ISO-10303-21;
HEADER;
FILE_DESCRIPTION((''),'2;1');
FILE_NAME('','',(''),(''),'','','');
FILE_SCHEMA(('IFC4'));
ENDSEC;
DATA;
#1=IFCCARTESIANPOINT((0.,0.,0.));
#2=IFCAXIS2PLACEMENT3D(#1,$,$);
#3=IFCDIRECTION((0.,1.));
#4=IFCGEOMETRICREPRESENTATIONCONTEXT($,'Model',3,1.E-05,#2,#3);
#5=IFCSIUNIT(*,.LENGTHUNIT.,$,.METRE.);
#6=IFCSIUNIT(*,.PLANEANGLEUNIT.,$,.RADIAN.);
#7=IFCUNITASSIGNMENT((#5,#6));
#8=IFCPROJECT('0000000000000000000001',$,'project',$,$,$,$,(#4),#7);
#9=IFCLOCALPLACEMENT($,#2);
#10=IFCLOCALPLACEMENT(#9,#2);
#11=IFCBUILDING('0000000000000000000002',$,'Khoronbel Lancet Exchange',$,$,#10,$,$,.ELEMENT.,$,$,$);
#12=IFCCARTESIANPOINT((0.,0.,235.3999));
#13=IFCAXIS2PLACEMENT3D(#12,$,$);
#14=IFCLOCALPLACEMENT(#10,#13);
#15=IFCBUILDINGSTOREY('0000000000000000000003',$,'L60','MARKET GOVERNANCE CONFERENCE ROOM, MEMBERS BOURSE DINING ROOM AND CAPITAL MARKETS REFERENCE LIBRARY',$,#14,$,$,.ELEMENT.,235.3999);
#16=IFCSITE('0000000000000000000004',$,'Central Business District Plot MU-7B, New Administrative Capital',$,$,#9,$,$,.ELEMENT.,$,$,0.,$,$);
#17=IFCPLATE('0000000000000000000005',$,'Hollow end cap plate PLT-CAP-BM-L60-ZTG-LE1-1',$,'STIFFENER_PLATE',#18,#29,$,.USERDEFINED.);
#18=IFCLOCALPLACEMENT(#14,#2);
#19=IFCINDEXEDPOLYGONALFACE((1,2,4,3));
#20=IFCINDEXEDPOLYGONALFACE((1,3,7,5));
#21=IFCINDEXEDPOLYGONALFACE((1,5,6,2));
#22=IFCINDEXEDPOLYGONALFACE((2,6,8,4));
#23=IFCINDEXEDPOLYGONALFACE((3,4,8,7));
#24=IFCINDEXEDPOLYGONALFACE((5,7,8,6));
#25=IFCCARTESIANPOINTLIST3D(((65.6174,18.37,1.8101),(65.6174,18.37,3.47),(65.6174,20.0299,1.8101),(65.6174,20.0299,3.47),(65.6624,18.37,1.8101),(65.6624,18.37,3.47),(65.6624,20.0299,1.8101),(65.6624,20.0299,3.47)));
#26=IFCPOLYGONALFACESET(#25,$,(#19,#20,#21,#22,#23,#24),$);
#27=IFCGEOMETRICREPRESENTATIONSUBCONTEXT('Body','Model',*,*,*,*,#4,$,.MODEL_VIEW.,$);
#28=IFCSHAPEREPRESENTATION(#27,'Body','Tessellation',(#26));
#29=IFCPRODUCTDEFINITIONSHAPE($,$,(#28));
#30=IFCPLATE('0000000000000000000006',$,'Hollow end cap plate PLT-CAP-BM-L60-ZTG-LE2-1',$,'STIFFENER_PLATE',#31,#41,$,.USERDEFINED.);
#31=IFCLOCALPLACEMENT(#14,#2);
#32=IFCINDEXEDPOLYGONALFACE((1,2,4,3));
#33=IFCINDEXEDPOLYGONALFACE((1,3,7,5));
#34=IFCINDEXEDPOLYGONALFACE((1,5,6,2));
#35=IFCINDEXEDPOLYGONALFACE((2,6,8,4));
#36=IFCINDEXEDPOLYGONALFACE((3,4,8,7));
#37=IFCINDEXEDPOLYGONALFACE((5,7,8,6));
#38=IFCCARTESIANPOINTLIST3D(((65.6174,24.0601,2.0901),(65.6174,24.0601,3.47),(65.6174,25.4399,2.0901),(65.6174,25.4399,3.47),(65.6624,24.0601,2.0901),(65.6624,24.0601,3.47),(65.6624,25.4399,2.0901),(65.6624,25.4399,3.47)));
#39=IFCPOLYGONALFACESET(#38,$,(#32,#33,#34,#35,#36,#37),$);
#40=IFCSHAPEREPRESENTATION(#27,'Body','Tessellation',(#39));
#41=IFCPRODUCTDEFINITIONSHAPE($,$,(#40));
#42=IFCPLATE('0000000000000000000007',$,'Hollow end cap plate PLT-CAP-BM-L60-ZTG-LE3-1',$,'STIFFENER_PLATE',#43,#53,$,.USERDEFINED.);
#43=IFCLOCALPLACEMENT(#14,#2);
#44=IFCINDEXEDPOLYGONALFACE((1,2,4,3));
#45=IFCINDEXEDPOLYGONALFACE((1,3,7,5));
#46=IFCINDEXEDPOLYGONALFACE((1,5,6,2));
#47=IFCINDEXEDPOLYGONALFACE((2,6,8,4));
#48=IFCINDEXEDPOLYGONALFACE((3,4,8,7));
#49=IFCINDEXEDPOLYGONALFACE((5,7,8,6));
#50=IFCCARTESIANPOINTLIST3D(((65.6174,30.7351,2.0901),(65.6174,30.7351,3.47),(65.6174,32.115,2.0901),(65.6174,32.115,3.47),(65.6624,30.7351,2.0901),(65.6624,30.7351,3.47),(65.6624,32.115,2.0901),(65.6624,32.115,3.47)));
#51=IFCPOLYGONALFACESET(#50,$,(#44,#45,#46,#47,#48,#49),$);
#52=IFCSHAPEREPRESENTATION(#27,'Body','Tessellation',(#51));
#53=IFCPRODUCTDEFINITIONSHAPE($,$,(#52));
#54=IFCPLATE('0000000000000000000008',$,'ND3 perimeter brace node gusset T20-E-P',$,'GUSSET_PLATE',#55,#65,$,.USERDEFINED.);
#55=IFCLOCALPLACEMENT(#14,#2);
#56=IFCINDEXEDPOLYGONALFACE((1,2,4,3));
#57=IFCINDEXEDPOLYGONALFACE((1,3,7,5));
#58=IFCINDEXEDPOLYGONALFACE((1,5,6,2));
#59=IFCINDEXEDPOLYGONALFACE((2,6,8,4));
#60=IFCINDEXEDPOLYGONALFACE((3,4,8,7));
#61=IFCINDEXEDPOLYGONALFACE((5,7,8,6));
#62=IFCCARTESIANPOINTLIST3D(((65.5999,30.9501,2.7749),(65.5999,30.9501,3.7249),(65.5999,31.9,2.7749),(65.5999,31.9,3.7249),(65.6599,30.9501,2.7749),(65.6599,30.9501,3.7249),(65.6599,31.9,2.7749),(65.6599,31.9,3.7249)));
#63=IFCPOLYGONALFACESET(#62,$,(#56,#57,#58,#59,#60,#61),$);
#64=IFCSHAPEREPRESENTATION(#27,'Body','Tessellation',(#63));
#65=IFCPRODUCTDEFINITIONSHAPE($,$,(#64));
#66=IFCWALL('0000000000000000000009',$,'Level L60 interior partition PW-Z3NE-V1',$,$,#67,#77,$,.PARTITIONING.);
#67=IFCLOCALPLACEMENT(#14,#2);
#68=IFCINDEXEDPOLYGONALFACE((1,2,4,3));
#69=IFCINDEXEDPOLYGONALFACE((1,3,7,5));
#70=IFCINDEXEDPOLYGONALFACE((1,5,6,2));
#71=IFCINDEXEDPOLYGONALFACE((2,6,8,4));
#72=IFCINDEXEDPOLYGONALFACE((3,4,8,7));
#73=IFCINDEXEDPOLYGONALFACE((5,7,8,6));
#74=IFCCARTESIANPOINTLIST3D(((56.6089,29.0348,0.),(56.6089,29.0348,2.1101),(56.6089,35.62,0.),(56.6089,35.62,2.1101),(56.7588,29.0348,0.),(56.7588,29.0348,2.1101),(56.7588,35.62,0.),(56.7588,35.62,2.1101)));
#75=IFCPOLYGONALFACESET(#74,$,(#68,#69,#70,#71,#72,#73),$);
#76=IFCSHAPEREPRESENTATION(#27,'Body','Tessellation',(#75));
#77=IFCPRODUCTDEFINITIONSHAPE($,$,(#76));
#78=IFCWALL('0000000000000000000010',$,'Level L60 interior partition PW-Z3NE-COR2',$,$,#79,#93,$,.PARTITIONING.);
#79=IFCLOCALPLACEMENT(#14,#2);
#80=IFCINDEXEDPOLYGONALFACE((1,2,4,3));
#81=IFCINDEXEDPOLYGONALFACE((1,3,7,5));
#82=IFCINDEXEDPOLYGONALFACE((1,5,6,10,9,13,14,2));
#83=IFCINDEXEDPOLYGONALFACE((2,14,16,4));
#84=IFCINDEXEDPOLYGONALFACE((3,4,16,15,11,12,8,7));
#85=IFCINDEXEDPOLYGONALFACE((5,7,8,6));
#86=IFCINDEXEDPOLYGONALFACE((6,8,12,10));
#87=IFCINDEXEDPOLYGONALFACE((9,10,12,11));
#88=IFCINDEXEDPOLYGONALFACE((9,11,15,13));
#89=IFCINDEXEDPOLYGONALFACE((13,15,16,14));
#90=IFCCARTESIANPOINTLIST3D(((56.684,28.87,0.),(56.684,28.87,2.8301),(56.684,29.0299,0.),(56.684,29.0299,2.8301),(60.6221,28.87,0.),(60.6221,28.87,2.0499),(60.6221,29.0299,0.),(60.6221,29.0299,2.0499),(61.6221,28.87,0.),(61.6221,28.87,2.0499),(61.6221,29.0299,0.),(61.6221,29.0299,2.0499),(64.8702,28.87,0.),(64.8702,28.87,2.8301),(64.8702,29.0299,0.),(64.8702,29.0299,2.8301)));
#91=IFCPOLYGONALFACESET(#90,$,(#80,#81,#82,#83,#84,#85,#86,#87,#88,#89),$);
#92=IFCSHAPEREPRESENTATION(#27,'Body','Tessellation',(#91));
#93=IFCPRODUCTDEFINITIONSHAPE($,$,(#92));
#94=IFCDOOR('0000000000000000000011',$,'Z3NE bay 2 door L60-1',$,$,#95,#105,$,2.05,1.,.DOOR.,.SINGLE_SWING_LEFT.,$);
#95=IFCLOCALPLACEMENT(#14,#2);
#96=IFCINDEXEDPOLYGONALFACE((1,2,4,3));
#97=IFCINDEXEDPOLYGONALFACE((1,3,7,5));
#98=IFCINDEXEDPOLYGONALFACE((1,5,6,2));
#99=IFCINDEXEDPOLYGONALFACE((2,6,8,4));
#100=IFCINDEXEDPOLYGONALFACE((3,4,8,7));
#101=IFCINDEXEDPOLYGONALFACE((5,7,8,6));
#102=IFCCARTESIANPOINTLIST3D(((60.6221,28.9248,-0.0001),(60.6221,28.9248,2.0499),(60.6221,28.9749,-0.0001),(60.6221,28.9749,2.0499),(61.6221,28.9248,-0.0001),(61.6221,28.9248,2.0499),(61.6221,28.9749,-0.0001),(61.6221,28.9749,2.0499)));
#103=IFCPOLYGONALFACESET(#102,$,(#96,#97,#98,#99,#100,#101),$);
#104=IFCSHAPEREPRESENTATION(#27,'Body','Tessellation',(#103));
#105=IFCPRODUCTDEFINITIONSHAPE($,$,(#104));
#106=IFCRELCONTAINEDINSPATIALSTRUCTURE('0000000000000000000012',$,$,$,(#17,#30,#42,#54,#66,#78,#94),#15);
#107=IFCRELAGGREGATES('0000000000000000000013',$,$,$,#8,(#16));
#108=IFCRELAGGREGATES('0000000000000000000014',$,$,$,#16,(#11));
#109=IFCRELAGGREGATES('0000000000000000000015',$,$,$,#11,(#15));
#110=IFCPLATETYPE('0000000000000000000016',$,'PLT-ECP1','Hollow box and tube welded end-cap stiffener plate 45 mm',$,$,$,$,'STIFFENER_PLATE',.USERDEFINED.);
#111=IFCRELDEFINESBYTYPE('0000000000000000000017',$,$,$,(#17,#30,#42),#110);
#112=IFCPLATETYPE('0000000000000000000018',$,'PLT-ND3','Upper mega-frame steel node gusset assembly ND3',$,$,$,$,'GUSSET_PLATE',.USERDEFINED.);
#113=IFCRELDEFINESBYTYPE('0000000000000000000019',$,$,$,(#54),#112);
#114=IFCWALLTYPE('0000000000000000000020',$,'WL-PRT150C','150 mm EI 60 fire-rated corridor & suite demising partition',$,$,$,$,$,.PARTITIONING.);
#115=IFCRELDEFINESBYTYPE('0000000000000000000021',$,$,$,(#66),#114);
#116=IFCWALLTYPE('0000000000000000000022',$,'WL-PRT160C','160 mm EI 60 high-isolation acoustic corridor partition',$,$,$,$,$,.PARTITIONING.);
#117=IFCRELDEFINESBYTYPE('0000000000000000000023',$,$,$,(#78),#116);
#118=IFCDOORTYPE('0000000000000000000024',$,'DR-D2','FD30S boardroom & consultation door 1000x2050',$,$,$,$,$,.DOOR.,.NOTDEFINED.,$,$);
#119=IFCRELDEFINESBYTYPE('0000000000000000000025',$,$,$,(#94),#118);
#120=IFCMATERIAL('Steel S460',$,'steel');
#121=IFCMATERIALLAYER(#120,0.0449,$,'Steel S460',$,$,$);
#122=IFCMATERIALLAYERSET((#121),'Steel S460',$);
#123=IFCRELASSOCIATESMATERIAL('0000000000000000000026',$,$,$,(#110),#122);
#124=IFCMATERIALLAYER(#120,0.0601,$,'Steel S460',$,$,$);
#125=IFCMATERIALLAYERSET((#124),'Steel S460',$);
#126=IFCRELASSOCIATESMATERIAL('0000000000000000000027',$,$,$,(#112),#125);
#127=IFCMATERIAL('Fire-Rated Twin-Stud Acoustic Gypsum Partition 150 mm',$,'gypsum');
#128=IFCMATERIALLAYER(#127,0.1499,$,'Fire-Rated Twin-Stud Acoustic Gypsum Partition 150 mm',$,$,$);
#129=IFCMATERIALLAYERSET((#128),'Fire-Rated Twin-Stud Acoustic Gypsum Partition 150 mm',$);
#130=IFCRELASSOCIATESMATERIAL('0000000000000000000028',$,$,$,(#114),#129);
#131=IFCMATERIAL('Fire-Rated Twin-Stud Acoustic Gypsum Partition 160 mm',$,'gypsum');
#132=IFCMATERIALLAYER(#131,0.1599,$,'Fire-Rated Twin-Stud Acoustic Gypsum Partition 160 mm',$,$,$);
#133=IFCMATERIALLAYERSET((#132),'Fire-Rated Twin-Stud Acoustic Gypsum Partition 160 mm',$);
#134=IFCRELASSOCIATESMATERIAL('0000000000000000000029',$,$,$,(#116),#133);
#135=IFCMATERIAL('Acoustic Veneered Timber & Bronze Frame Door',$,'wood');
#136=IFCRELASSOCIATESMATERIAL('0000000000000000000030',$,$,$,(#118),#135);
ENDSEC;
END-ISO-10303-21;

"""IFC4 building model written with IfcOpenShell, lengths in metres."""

from ifc_helpers import new_model, si_unit, direction, frame, frame_2d, origin, origin_2d, place, context, subcontext, project, spatial, rectangle, extrude, material, layer, layer_set, type_object, element, fill, save


model = new_model("IFC4")

# Units and contexts
model_context = context("Model", 3, precision=1e-05, world=origin(), true_north=direction((0.0, 1.0)))
body_context = subcontext(model_context, "Body", "Model", "MODEL_VIEW")
ifc_project = project(units=[si_unit("LENGTHUNIT", "METRE"), si_unit("PLANEANGLEUNIT", "RADIAN")], contexts=[model_context])

# Site, building, storey
site_placement = place(None, origin())
site = spatial("IfcSite", under=ifc_project, at=site_placement, Name="Central Business District Plot MU-7B, New Administrative Capital", CompositionType="ELEMENT", RefElevation=0.0)
building_placement = place(site_placement, origin())
building = spatial("IfcBuilding", under=site, at=building_placement, Name="Khoronbel Lancet Exchange", CompositionType="ELEMENT")
storey_placement = place(building_placement, frame((0.0, 0.0, 235.3999)))
storey = spatial("IfcBuildingStorey", under=building, at=storey_placement, Name="L60", Description="MARKET GOVERNANCE CONFERENCE ROOM, MEMBERS BOURSE DINING ROOM AND CAPITAL MARKETS REFERENCE LIBRARY", CompositionType="ELEMENT", Elevation=235.3999)

# Shared definitions
ifc_material_1 = material(Name="Steel S460", Category="steel")

# Plates
ifc_layer_1 = layer(ifc_material_1, 0.0449, Name="Steel S460")
ifc_layer_set_1 = layer_set([ifc_layer_1], Name="Steel S460")
plate_type_1 = type_object("IfcPlateType", Name="PLT-ECP1", Description="Hollow box and tube welded end-cap stiffener plate 45 mm", ElementType="STIFFENER_PLATE", PredefinedType="USERDEFINED", material=ifc_layer_set_1)
plate_1_placement = place(storey_placement, frame((65.6399, 19.2, 1.8101), z_axis=(0.0, 0.0, 1.0), x_axis=(1.0, 0.0, 0.0)))
element("IfcPlate", 1, at=plate_1_placement, inside=storey, type_object=plate_type_1, Name="Hollow end cap plate PLT-CAP-BM-L60-ZTG-LE1-1", ObjectType="STIFFENER_PLATE", PredefinedType="USERDEFINED", context=body_context, shape_type="SweptSolid", body=[
    extrude(rectangle(XDim=0.0449, YDim=1.6599, at=origin_2d()), origin(), (0.0, 0.0, 1.0), 1.6599),
])
for number, where, z_axis, x_axis, name in (
    (2, (65.6399, 24.75, 2.0901), (0.0, 0.0, 1.0), (1.0, 0.0, 0.0), "Hollow end cap plate PLT-CAP-BM-L60-ZTG-LE2-1"),
    (3, (65.6399, 31.425, 2.0901), (0.0, 0.0, 1.0), (1.0, 0.0, 0.0), "Hollow end cap plate PLT-CAP-BM-L60-ZTG-LE3-1"),
):
    element("IfcPlate", number, at=place(storey_placement, frame(where, z_axis=z_axis, x_axis=x_axis)), inside=storey, type_object=plate_type_1, Name=name, ObjectType="STIFFENER_PLATE", PredefinedType="USERDEFINED", context=body_context, shape_type="SweptSolid", body=[
        extrude(rectangle(XDim=0.0449, YDim=1.3799, at=origin_2d()), origin(), (0.0, 0.0, 1.0), 1.3799),
    ])
ifc_layer_2 = layer(ifc_material_1, 0.0601, Name="Steel S460")
ifc_layer_set_2 = layer_set([ifc_layer_2], Name="Steel S460")
plate_type_2 = type_object("IfcPlateType", Name="PLT-ND3", Description="Upper mega-frame steel node gusset assembly ND3", ElementType="GUSSET_PLATE", PredefinedType="USERDEFINED", material=ifc_layer_set_2)
plate_2_placement = place(storey_placement, frame((65.6299, 31.425, 2.7749), z_axis=(0.0, 0.0, 1.0), x_axis=(0.0, 1.0, 0.0)))
element("IfcPlate", 4, at=plate_2_placement, inside=storey, type_object=plate_type_2, Name="ND3 perimeter brace node gusset T20-E-P", ObjectType="GUSSET_PLATE", PredefinedType="USERDEFINED", context=body_context, shape_type="SweptSolid", body=[
    extrude(rectangle(XDim=0.95, YDim=0.0601, at=origin_2d()), origin(), (0.0, 0.0, 1.0), 0.95),
])

# Wall
ifc_material_2 = material(Name="Fire-Rated Twin-Stud Acoustic Gypsum Partition 150 mm", Category="gypsum")
ifc_layer_3 = layer(ifc_material_2, 0.1499, Name="Fire-Rated Twin-Stud Acoustic Gypsum Partition 150 mm")
ifc_layer_set_3 = layer_set([ifc_layer_3], Name="Fire-Rated Twin-Stud Acoustic Gypsum Partition 150 mm")
wall_type_1 = type_object("IfcWallType", Name="WL-PRT150C", Description="150 mm EI 60 fire-rated corridor & suite demising partition", PredefinedType="PARTITIONING", material=ifc_layer_set_3)
wall_1_placement = place(storey_placement, frame((56.6838, 29.0349, 0.0), z_axis=(0.0, 0.0, 1.0), x_axis=(0.0, 1.0, 0.0)))
element("IfcWall", 5, at=wall_1_placement, inside=storey, type_object=wall_type_1, Name="Level L60 interior partition PW-Z3NE-V1", PredefinedType="PARTITIONING", context=body_context, shape_type="SweptSolid", body=[
    extrude(rectangle(XDim=6.5852, YDim=0.1499, at=frame_2d((3.2925, 0.0))), origin(), (0.0, 0.0, 1.0), 2.1101),
])

# Wall, opening, door
ifc_material_3 = material(Name="Fire-Rated Twin-Stud Acoustic Gypsum Partition 160 mm", Category="gypsum")
ifc_layer_4 = layer(ifc_material_3, 0.1599, Name="Fire-Rated Twin-Stud Acoustic Gypsum Partition 160 mm")
ifc_layer_set_4 = layer_set([ifc_layer_4], Name="Fire-Rated Twin-Stud Acoustic Gypsum Partition 160 mm")
wall_type_2 = type_object("IfcWallType", Name="WL-PRT160C", Description="160 mm EI 60 high-isolation acoustic corridor partition", PredefinedType="PARTITIONING", material=ifc_layer_set_4)
wall_2_placement = place(storey_placement, frame((56.6838, 28.95, 0.0), z_axis=(0.0, 0.0, 1.0), x_axis=(1.0, 0.0, 0.0)))
wall_2 = element("IfcWall", 6, at=wall_2_placement, inside=storey, type_object=wall_type_2, Name="Level L60 interior partition PW-Z3NE-COR2", PredefinedType="PARTITIONING", context=body_context, shape_type="SweptSolid", body=[
    extrude(rectangle(XDim=8.1863, YDim=0.1599, at=frame_2d((4.0933, 0.0))), origin(), (0.0, 0.0, 1.0), 2.8301),
])
opening_placement = place(wall_2_placement, frame((3.9382, 0.0, 0.0)))
opening = element("IfcOpeningElement", 7, at=opening_placement, cuts=wall_2, PredefinedType="OPENING", context=body_context, shape_type="SweptSolid", body=[
    extrude(rectangle(XDim=1.0, YDim=2.05, at=frame_2d((0.5, 1.0249))), frame((0.0, 0.0898, 0.0), z_axis=(0.0, -1.0, 0.0), x_axis=(1.0, 0.0, 0.0)), (0.0, 0.0, 1.0), 0.1799),
])
ifc_material_4 = material(Name="Acoustic Veneered Timber & Bronze Frame Door", Category="wood")
door_type = type_object("IfcDoorType", Name="DR-D2", Description="FD30S boardroom & consultation door 1000x2050", OperationType="NOTDEFINED", PredefinedType="DOOR", material=ifc_material_4)
door_placement = place(opening_placement, origin())
door = element("IfcDoor", 8, at=door_placement, inside=storey, type_object=door_type, Name="Z3NE bay 2 door L60-1", OperationType="SINGLE_SWING_LEFT", OverallHeight=2.05, OverallWidth=1.0, PredefinedType="DOOR", context=body_context, shape_type="SweptSolid", body=[
    extrude(rectangle(XDim=1.0, YDim=2.05, at=frame_2d((0.5, 1.0249))), frame((0.0, 0.0249, 0.0), z_axis=(0.0, -1.0, 0.0), x_axis=(1.0, 0.0, 0.0)), (0.0, 0.0, 1.0), 0.05),
])
fill(opening, door)

save(model, "model.ifc")
